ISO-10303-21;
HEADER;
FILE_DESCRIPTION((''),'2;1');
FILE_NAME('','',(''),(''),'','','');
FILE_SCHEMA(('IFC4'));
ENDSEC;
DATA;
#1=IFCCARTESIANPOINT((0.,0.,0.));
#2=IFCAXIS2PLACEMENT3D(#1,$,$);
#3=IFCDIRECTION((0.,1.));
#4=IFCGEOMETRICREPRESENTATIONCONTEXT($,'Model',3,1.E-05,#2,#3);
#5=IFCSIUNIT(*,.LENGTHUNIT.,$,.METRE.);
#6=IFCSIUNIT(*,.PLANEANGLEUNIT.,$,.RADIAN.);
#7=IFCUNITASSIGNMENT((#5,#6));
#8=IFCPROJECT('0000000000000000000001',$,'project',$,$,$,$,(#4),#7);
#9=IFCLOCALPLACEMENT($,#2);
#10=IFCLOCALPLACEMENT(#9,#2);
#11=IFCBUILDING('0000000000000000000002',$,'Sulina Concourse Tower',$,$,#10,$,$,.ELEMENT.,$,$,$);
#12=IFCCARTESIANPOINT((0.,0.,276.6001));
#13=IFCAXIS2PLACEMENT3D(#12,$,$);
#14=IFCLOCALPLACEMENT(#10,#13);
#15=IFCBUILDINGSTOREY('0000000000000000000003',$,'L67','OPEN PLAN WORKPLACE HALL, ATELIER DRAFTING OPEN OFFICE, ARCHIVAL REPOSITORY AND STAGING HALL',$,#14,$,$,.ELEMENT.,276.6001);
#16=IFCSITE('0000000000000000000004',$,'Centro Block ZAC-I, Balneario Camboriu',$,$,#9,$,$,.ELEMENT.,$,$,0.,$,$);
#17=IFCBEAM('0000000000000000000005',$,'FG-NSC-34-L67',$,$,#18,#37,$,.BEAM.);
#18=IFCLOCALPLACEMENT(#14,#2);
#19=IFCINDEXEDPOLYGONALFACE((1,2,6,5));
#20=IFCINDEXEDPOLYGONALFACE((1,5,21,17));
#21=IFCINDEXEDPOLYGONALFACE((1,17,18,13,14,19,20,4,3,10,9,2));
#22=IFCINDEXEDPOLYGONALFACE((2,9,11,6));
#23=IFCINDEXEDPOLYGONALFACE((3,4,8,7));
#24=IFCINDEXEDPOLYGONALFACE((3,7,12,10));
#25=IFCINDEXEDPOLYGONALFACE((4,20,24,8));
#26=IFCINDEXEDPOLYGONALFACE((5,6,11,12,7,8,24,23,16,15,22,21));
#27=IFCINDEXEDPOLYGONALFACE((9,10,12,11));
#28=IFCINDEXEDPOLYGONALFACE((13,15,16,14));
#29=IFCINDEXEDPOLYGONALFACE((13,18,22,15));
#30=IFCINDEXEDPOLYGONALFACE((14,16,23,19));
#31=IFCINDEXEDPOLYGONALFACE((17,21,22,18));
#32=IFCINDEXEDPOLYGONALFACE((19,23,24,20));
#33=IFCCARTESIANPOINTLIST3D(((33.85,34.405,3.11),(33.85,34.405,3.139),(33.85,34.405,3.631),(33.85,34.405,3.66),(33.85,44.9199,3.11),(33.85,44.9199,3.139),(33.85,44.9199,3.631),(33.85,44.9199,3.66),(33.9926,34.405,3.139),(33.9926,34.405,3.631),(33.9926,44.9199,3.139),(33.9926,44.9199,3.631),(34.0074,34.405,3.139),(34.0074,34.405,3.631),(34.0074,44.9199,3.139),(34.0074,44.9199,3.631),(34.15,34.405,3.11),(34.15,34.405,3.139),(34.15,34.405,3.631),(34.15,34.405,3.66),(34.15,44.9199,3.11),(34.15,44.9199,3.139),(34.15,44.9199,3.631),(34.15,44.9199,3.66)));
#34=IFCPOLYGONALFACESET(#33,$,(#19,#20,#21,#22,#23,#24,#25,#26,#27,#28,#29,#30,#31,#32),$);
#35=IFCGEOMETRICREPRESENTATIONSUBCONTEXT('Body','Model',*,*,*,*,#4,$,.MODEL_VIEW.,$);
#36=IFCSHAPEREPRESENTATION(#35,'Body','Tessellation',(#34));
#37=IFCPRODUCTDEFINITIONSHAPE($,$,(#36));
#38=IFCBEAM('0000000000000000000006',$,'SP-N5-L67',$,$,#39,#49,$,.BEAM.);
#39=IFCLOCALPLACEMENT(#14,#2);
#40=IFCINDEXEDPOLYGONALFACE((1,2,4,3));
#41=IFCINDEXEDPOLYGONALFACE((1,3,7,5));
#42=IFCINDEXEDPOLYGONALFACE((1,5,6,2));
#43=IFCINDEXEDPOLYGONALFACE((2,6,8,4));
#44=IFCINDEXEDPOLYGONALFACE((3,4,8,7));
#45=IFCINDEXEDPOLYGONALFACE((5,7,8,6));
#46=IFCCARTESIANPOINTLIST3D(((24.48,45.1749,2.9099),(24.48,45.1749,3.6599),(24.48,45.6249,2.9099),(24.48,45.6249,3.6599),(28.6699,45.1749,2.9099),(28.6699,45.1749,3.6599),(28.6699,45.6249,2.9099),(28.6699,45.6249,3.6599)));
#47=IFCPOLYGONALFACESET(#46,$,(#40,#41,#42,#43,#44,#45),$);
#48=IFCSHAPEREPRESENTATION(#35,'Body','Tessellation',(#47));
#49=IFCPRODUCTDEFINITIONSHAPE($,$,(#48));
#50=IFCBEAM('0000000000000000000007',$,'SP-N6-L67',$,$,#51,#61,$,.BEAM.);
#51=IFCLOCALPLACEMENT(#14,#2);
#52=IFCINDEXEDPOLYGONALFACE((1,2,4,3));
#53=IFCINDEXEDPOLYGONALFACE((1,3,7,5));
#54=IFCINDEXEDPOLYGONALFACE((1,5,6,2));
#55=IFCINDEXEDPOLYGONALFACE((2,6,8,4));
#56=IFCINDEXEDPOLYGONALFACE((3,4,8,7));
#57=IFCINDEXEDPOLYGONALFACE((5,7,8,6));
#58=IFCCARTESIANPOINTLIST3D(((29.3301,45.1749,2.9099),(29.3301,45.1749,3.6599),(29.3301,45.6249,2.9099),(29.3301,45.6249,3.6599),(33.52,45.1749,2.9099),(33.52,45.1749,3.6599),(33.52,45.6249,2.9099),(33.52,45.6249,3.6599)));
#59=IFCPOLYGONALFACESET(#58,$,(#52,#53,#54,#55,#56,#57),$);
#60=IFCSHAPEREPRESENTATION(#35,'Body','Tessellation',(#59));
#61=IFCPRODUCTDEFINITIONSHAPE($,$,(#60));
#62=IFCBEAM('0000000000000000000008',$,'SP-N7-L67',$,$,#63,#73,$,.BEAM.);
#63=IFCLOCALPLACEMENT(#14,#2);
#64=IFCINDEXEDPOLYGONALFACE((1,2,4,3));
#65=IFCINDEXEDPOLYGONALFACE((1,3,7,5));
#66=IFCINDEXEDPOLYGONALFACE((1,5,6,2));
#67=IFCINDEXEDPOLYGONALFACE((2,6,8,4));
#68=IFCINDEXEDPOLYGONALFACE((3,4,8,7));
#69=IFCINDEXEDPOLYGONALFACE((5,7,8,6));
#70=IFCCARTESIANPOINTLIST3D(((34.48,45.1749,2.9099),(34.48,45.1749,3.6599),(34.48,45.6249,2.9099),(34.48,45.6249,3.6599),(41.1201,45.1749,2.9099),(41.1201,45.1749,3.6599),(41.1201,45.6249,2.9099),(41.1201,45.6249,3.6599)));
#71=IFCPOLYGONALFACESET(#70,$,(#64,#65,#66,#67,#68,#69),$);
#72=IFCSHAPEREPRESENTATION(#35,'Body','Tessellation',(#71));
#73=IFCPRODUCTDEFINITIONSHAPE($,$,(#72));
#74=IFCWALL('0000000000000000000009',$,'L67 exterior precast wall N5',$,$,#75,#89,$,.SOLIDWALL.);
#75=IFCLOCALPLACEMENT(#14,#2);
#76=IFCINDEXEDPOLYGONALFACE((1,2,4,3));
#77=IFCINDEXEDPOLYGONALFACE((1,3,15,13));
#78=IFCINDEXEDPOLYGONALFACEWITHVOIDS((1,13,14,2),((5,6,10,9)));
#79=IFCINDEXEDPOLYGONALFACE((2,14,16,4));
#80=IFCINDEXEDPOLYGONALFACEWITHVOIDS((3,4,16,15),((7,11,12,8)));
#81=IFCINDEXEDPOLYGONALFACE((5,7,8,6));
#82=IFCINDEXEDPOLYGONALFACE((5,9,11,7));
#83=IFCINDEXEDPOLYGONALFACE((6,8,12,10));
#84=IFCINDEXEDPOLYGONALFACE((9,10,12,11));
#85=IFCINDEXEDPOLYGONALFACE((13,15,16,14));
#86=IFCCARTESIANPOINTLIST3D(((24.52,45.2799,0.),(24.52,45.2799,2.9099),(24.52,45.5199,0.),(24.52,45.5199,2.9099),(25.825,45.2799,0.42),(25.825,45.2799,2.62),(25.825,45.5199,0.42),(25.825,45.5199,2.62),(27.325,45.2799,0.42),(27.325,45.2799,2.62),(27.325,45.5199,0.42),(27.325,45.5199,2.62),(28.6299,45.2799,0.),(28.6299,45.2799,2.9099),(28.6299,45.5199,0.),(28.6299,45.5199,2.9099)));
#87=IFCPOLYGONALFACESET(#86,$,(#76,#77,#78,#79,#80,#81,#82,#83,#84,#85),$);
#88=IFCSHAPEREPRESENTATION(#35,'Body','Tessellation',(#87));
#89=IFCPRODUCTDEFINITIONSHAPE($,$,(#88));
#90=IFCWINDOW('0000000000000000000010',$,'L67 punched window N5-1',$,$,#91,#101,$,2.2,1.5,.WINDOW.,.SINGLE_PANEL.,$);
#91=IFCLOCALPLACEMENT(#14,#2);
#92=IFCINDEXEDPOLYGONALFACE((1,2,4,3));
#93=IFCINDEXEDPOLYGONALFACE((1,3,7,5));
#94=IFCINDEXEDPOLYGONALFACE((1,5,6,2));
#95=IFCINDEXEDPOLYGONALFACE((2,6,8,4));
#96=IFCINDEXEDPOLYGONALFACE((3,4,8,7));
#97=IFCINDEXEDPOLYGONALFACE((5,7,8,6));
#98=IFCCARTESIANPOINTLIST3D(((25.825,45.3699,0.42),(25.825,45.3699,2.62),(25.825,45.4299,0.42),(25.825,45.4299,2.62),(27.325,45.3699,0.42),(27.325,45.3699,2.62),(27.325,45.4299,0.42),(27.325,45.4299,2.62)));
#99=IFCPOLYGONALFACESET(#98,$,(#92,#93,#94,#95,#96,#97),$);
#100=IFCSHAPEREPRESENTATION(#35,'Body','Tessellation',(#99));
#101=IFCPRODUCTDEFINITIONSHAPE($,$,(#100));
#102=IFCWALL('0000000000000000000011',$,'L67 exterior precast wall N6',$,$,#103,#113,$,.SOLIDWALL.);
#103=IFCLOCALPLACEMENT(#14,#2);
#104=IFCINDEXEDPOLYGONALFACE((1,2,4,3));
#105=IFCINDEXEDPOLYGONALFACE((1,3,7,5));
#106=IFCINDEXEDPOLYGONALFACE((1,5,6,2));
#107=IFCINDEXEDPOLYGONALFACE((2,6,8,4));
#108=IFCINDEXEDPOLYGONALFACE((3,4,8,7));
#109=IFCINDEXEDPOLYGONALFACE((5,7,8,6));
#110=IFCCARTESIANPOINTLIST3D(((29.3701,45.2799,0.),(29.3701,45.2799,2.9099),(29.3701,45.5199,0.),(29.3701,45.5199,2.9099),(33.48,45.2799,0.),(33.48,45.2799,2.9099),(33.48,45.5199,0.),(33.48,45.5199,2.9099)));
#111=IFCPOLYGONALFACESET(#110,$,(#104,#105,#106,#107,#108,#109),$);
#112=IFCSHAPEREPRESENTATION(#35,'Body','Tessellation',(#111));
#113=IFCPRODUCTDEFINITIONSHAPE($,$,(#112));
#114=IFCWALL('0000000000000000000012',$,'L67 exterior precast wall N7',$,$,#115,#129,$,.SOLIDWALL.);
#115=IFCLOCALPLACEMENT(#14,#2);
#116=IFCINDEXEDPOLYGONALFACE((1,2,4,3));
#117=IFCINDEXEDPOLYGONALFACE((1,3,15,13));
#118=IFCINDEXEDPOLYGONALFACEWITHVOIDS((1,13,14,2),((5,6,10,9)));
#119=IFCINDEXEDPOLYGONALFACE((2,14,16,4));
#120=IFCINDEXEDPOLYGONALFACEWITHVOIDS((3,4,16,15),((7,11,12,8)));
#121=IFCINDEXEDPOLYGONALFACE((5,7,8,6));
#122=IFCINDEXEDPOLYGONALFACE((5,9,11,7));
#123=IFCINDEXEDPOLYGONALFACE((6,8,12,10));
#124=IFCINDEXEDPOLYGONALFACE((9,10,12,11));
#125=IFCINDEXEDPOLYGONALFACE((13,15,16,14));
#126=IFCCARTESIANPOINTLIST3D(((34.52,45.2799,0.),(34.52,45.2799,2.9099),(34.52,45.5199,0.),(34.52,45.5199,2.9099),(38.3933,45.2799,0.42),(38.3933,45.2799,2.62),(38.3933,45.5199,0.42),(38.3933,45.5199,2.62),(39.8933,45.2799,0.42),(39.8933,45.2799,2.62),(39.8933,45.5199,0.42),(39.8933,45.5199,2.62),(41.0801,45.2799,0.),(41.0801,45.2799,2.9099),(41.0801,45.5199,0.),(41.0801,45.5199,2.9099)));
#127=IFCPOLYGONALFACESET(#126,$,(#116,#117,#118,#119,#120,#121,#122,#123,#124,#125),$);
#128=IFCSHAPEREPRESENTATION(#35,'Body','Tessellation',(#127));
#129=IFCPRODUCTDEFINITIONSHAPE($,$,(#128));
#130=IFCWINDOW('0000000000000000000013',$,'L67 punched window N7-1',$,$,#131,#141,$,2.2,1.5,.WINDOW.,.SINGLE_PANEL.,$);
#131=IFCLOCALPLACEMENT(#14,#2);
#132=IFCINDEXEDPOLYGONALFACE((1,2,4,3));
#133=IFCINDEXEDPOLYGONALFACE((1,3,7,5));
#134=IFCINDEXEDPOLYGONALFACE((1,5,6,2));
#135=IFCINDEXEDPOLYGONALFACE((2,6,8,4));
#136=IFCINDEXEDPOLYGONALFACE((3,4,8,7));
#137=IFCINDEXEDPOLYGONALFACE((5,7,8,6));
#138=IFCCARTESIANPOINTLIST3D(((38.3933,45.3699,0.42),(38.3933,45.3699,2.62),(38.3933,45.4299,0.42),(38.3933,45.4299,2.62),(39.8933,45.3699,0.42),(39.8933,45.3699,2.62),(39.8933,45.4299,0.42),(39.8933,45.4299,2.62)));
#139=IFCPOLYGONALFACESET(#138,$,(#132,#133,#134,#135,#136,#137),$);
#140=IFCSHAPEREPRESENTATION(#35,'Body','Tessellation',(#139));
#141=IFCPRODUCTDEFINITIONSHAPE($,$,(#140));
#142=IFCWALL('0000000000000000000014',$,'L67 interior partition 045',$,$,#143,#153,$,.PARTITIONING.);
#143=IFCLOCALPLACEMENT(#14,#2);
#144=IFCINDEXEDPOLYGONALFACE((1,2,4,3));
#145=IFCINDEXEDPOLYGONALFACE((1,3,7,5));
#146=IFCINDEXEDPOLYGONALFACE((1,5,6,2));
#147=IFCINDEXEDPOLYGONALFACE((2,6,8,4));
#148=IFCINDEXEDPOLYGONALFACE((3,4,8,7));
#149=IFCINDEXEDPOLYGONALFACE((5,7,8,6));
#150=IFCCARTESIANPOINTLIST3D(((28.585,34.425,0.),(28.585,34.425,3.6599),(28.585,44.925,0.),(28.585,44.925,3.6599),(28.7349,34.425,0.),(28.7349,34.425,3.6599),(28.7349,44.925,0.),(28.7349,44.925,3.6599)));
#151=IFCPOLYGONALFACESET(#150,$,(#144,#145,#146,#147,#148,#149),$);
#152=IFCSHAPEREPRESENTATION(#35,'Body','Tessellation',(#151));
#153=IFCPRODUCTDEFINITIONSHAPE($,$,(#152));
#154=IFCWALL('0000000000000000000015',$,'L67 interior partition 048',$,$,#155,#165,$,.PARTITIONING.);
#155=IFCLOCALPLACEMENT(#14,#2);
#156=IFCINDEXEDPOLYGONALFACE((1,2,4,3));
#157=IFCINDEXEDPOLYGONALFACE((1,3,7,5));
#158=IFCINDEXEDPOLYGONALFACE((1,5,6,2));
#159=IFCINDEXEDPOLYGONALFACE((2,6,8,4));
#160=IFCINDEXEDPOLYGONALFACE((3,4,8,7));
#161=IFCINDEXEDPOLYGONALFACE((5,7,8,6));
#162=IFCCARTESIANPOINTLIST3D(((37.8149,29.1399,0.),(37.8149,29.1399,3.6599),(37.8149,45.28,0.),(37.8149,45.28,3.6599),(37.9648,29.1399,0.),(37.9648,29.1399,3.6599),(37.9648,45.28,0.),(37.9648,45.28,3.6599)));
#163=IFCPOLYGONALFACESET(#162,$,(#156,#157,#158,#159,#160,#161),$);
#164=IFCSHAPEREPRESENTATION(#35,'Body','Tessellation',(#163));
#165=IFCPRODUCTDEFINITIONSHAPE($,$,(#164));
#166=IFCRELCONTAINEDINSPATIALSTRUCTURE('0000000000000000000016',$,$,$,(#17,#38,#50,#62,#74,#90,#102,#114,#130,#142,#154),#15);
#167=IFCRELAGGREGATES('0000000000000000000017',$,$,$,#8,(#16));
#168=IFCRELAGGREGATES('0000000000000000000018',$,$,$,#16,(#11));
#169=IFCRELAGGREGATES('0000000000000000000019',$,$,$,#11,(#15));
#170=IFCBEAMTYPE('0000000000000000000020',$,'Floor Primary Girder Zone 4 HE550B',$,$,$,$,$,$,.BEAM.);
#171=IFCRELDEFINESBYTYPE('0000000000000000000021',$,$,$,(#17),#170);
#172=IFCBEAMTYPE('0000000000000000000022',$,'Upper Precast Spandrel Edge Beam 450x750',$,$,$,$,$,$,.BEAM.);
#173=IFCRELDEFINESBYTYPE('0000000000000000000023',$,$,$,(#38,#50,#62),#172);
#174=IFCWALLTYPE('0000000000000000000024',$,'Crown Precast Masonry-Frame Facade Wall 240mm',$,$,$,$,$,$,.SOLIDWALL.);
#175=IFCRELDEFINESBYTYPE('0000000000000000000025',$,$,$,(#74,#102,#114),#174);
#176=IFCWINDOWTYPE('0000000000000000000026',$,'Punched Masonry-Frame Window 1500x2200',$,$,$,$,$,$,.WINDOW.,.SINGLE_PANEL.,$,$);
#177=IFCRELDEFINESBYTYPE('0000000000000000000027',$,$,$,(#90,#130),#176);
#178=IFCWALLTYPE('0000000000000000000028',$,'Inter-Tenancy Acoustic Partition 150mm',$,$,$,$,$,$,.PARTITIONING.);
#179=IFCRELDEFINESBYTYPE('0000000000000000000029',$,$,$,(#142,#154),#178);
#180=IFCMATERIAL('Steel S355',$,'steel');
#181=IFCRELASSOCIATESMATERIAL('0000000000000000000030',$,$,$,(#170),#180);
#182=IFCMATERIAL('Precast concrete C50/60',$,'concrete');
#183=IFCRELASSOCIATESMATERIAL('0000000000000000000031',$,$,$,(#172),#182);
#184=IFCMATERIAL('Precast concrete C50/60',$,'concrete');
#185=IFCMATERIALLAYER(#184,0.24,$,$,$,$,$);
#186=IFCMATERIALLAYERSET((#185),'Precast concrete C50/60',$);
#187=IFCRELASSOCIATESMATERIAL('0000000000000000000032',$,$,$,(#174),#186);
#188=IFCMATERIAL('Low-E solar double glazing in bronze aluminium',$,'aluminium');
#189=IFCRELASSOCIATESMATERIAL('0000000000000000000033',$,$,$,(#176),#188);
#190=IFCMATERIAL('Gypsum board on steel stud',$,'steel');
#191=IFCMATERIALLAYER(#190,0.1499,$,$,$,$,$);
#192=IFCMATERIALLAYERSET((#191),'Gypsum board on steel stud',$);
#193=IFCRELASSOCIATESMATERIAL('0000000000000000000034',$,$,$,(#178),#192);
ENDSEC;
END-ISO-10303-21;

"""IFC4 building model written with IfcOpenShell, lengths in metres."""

from ifc_helpers import new_model, si_unit, direction, frame, frame_2d, origin, origin_2d, place, context, subcontext, project, spatial, rectangle, i_section, extrude, material, layer, layer_set, material_profile, profile_set, type_object, element, fill, save


model = new_model("IFC4")

# Units and contexts
model_context = context("Model", 3, precision=1e-05, world=origin(), true_north=direction((0.0, 1.0)))
body_context = subcontext(model_context, "Body", "Model", "MODEL_VIEW")
ifc_project = project(units=[si_unit("LENGTHUNIT", "METRE"), si_unit("PLANEANGLEUNIT", "RADIAN")], contexts=[model_context])

# Site, building, storey
site_placement = place(None, origin())
site = spatial("IfcSite", under=ifc_project, at=site_placement, Name="Centro Block ZAC-I, Balneario Camboriu", CompositionType="ELEMENT", RefElevation=0.0)
building_placement = place(site_placement, origin())
building = spatial("IfcBuilding", under=site, at=building_placement, Name="Sulina Concourse Tower", CompositionType="ELEMENT")
storey_placement = place(building_placement, frame((0.0, 0.0, 276.6001)))
storey = spatial("IfcBuildingStorey", under=building, at=storey_placement, Name="L67", Description="OPEN PLAN WORKPLACE HALL, ATELIER DRAFTING OPEN OFFICE, ARCHIVAL REPOSITORY AND STAGING HALL", CompositionType="ELEMENT", Elevation=276.6001)

# Beams
ifc_material_1 = material(Name="Steel S355", Category="steel")
ifc_material_profile_1 = material_profile(ifc_material_1, i_section(OverallWidth=0.3, OverallDepth=0.55, WebThickness=0.0149, FlangeThickness=0.0291, at=origin_2d()), Name="HE 550 B")
ifc_profile_set_1 = profile_set([ifc_material_profile_1], Name="Steel S355")
beam_type_1 = type_object("IfcBeamType", Name="Floor Primary Girder Zone 4 HE550B", PredefinedType="BEAM", material=ifc_profile_set_1)
beam_1_placement = place(storey_placement, frame((34.0, 34.405, 3.385), z_axis=(0.0, 1.0, 0.0), x_axis=(-1.0, 0.0, 0.0)))
element("IfcBeam", 1, at=beam_1_placement, inside=storey, type_object=beam_type_1, Name="FG-NSC-34-L67", PredefinedType="BEAM", context=body_context, shape_type="SweptSolid", body=[
    extrude(i_section(OverallWidth=0.3, OverallDepth=0.55, WebThickness=0.0149, FlangeThickness=0.0291, at=origin_2d()), origin(), (0.0, 0.0, 1.0), 10.5149),
])
ifc_material_2 = material(Name="Precast concrete C50/60", Category="concrete")
ifc_material_profile_2 = material_profile(ifc_material_2, rectangle(XDim=0.45, YDim=0.75, at=origin_2d()), Name="RC 450x750")
ifc_profile_set_2 = profile_set([ifc_material_profile_2], Name="Precast concrete C50/60")
beam_type_2 = type_object("IfcBeamType", Name="Upper Precast Spandrel Edge Beam 450x750", PredefinedType="BEAM", material=ifc_profile_set_2)
for number, where, z_axis, x_axis, name in (
    (2, (24.48, 45.3999, 3.2849), (1.0, 0.0, 0.0), (0.0, 1.0, 0.0), "SP-N5-L67"),
    (3, (29.3301, 45.3999, 3.2849), (1.0, 0.0, 0.0), (0.0, 1.0, 0.0), "SP-N6-L67"),
):
    element("IfcBeam", number, at=place(storey_placement, frame(where, z_axis=z_axis, x_axis=x_axis)), inside=storey, type_object=beam_type_2, Name=name, PredefinedType="BEAM", context=body_context, shape_type="SweptSolid", body=[
        extrude(rectangle(XDim=0.45, YDim=0.75, at=origin_2d()), origin(), (0.0, 0.0, 1.0), 4.1899),
    ])
beam_2_placement = place(storey_placement, frame((34.48, 45.3999, 3.2849), z_axis=(1.0, 0.0, 0.0), x_axis=(0.0, 1.0, 0.0)))
element("IfcBeam", 4, at=beam_2_placement, inside=storey, type_object=beam_type_2, Name="SP-N7-L67", PredefinedType="BEAM", context=body_context, shape_type="SweptSolid", body=[
    extrude(rectangle(XDim=0.45, YDim=0.75, at=origin_2d()), origin(), (0.0, 0.0, 1.0), 6.6401),
])

# Wall, opening, window
ifc_material_3 = material(Name="Precast concrete C50/60", Category="concrete")
ifc_layer_1 = layer(ifc_material_3, 0.24)
ifc_layer_set_1 = layer_set([ifc_layer_1], Name="Precast concrete C50/60")
wall_type_1 = type_object("IfcWallType", Name="Crown Precast Masonry-Frame Facade Wall 240mm", PredefinedType="SOLIDWALL", material=ifc_layer_set_1)
wall_1_placement = place(storey_placement, frame((24.52, 45.3999, 0.0), z_axis=(0.0, 0.0, 1.0), x_axis=(1.0, 0.0, 0.0)))
wall_1 = element("IfcWall", 5, at=wall_1_placement, inside=storey, type_object=wall_type_1, Name="L67 exterior precast wall N5", PredefinedType="SOLIDWALL", context=body_context, shape_type="SweptSolid", body=[
    extrude(rectangle(XDim=4.1099, YDim=0.24, at=frame_2d((2.0549, 0.0))), origin(), (0.0, 0.0, 1.0), 2.9099),
])
opening_1_placement = place(wall_1_placement, frame((1.3049, 0.0, 0.4199)))
opening_1 = element("IfcOpeningElement", 6, at=opening_1_placement, cuts=wall_1, PredefinedType="OPENING", context=body_context, shape_type="SweptSolid", body=[
    extrude(rectangle(XDim=1.5, YDim=2.2, at=frame_2d((0.75, 1.1001))), frame((0.0, 0.1299, 0.0), z_axis=(0.0, -1.0, 0.0), x_axis=(1.0, 0.0, 0.0)), (0.0, 0.0, 1.0), 0.26),
])
ifc_material_4 = material(Name="Low-E solar double glazing in bronze aluminium", Category="aluminium")
window_type = type_object("IfcWindowType", Name="Punched Masonry-Frame Window 1500x2200", PartitioningType="SINGLE_PANEL", PredefinedType="WINDOW", material=ifc_material_4)
window_1_placement = place(opening_1_placement, origin())
window_1 = element("IfcWindow", 7, at=window_1_placement, inside=storey, type_object=window_type, Name="L67 punched window N5-1", OverallHeight=2.2, OverallWidth=1.5, PartitioningType="SINGLE_PANEL", PredefinedType="WINDOW", context=body_context, shape_type="SweptSolid", body=[
    extrude(rectangle(XDim=1.5, YDim=2.2, at=frame_2d((0.75, 1.1001))), frame((0.0, 0.03, 0.0), z_axis=(0.0, -1.0, 0.0), x_axis=(1.0, 0.0, 0.0)), (0.0, 0.0, 1.0), 0.0601),
])
fill(opening_1, window_1)

# Wall
wall_2_placement = place(storey_placement, frame((29.3701, 45.3999, 0.0), z_axis=(0.0, 0.0, 1.0), x_axis=(1.0, 0.0, 0.0)))
element("IfcWall", 8, at=wall_2_placement, inside=storey, type_object=wall_type_1, Name="L67 exterior precast wall N6", PredefinedType="SOLIDWALL", context=body_context, shape_type="SweptSolid", body=[
    extrude(rectangle(XDim=4.1099, YDim=0.24, at=frame_2d((2.0549, 0.0))), origin(), (0.0, 0.0, 1.0), 2.9099),
])

# Wall, opening, window
wall_3_placement = place(storey_placement, frame((34.52, 45.3999, 0.0), z_axis=(0.0, 0.0, 1.0), x_axis=(1.0, 0.0, 0.0)))
wall_3 = element("IfcWall", 9, at=wall_3_placement, inside=storey, type_object=wall_type_1, Name="L67 exterior precast wall N7", PredefinedType="SOLIDWALL", context=body_context, shape_type="SweptSolid", body=[
    extrude(rectangle(XDim=6.5601, YDim=0.24, at=frame_2d((3.28, 0.0))), origin(), (0.0, 0.0, 1.0), 2.9099),
])
opening_2_placement = place(wall_3_placement, frame((3.8733, 0.0, 0.4199)))
opening_2 = element("IfcOpeningElement", 10, at=opening_2_placement, cuts=wall_3, PredefinedType="OPENING", context=body_context, shape_type="SweptSolid", body=[
    extrude(rectangle(XDim=1.5, YDim=2.2, at=frame_2d((0.75, 1.1001))), frame((0.0, 0.1299, 0.0), z_axis=(0.0, -1.0, 0.0), x_axis=(1.0, 0.0, 0.0)), (0.0, 0.0, 1.0), 0.26),
])
window_2_placement = place(opening_2_placement, origin())
window_2 = element("IfcWindow", 11, at=window_2_placement, inside=storey, type_object=window_type, Name="L67 punched window N7-1", OverallHeight=2.2, OverallWidth=1.5, PartitioningType="SINGLE_PANEL", PredefinedType="WINDOW", context=body_context, shape_type="SweptSolid", body=[
    extrude(rectangle(XDim=1.5, YDim=2.2, at=frame_2d((0.75, 1.1001))), frame((0.0, 0.03, 0.0), z_axis=(0.0, -1.0, 0.0), x_axis=(1.0, 0.0, 0.0)), (0.0, 0.0, 1.0), 0.0601),
])
fill(opening_2, window_2)

# Walls
ifc_material_5 = material(Name="Gypsum board on steel stud", Category="steel")
ifc_layer_2 = layer(ifc_material_5, 0.1499)
ifc_layer_set_2 = layer_set([ifc_layer_2], Name="Gypsum board on steel stud")
wall_type_2 = type_object("IfcWallType", Name="Inter-Tenancy Acoustic Partition 150mm", PredefinedType="PARTITIONING", material=ifc_layer_set_2)
wall_4_placement = place(storey_placement, frame((28.6599, 34.425, 0.0), z_axis=(0.0, 0.0, 1.0), x_axis=(0.0, 1.0, 0.0)))
element("IfcWall", 12, at=wall_4_placement, inside=storey, type_object=wall_type_2, Name="L67 interior partition 045", PredefinedType="PARTITIONING", context=body_context, shape_type="SweptSolid", body=[
    extrude(rectangle(XDim=10.5, YDim=0.1499, at=frame_2d((5.25, 0.0))), origin(), (0.0, 0.0, 1.0), 3.6599),
])
wall_5_placement = place(storey_placement, frame((37.8899, 29.1399, 0.0), z_axis=(0.0, 0.0, 1.0), x_axis=(0.0, 1.0, 0.0)))
element("IfcWall", 13, at=wall_5_placement, inside=storey, type_object=wall_type_2, Name="L67 interior partition 048", PredefinedType="PARTITIONING", context=body_context, shape_type="SweptSolid", body=[
    extrude(rectangle(XDim=16.1401, YDim=0.1499, at=frame_2d((8.0701, 0.0))), origin(), (0.0, 0.0, 1.0), 3.6599),
])

save(model, "model.ifc")
